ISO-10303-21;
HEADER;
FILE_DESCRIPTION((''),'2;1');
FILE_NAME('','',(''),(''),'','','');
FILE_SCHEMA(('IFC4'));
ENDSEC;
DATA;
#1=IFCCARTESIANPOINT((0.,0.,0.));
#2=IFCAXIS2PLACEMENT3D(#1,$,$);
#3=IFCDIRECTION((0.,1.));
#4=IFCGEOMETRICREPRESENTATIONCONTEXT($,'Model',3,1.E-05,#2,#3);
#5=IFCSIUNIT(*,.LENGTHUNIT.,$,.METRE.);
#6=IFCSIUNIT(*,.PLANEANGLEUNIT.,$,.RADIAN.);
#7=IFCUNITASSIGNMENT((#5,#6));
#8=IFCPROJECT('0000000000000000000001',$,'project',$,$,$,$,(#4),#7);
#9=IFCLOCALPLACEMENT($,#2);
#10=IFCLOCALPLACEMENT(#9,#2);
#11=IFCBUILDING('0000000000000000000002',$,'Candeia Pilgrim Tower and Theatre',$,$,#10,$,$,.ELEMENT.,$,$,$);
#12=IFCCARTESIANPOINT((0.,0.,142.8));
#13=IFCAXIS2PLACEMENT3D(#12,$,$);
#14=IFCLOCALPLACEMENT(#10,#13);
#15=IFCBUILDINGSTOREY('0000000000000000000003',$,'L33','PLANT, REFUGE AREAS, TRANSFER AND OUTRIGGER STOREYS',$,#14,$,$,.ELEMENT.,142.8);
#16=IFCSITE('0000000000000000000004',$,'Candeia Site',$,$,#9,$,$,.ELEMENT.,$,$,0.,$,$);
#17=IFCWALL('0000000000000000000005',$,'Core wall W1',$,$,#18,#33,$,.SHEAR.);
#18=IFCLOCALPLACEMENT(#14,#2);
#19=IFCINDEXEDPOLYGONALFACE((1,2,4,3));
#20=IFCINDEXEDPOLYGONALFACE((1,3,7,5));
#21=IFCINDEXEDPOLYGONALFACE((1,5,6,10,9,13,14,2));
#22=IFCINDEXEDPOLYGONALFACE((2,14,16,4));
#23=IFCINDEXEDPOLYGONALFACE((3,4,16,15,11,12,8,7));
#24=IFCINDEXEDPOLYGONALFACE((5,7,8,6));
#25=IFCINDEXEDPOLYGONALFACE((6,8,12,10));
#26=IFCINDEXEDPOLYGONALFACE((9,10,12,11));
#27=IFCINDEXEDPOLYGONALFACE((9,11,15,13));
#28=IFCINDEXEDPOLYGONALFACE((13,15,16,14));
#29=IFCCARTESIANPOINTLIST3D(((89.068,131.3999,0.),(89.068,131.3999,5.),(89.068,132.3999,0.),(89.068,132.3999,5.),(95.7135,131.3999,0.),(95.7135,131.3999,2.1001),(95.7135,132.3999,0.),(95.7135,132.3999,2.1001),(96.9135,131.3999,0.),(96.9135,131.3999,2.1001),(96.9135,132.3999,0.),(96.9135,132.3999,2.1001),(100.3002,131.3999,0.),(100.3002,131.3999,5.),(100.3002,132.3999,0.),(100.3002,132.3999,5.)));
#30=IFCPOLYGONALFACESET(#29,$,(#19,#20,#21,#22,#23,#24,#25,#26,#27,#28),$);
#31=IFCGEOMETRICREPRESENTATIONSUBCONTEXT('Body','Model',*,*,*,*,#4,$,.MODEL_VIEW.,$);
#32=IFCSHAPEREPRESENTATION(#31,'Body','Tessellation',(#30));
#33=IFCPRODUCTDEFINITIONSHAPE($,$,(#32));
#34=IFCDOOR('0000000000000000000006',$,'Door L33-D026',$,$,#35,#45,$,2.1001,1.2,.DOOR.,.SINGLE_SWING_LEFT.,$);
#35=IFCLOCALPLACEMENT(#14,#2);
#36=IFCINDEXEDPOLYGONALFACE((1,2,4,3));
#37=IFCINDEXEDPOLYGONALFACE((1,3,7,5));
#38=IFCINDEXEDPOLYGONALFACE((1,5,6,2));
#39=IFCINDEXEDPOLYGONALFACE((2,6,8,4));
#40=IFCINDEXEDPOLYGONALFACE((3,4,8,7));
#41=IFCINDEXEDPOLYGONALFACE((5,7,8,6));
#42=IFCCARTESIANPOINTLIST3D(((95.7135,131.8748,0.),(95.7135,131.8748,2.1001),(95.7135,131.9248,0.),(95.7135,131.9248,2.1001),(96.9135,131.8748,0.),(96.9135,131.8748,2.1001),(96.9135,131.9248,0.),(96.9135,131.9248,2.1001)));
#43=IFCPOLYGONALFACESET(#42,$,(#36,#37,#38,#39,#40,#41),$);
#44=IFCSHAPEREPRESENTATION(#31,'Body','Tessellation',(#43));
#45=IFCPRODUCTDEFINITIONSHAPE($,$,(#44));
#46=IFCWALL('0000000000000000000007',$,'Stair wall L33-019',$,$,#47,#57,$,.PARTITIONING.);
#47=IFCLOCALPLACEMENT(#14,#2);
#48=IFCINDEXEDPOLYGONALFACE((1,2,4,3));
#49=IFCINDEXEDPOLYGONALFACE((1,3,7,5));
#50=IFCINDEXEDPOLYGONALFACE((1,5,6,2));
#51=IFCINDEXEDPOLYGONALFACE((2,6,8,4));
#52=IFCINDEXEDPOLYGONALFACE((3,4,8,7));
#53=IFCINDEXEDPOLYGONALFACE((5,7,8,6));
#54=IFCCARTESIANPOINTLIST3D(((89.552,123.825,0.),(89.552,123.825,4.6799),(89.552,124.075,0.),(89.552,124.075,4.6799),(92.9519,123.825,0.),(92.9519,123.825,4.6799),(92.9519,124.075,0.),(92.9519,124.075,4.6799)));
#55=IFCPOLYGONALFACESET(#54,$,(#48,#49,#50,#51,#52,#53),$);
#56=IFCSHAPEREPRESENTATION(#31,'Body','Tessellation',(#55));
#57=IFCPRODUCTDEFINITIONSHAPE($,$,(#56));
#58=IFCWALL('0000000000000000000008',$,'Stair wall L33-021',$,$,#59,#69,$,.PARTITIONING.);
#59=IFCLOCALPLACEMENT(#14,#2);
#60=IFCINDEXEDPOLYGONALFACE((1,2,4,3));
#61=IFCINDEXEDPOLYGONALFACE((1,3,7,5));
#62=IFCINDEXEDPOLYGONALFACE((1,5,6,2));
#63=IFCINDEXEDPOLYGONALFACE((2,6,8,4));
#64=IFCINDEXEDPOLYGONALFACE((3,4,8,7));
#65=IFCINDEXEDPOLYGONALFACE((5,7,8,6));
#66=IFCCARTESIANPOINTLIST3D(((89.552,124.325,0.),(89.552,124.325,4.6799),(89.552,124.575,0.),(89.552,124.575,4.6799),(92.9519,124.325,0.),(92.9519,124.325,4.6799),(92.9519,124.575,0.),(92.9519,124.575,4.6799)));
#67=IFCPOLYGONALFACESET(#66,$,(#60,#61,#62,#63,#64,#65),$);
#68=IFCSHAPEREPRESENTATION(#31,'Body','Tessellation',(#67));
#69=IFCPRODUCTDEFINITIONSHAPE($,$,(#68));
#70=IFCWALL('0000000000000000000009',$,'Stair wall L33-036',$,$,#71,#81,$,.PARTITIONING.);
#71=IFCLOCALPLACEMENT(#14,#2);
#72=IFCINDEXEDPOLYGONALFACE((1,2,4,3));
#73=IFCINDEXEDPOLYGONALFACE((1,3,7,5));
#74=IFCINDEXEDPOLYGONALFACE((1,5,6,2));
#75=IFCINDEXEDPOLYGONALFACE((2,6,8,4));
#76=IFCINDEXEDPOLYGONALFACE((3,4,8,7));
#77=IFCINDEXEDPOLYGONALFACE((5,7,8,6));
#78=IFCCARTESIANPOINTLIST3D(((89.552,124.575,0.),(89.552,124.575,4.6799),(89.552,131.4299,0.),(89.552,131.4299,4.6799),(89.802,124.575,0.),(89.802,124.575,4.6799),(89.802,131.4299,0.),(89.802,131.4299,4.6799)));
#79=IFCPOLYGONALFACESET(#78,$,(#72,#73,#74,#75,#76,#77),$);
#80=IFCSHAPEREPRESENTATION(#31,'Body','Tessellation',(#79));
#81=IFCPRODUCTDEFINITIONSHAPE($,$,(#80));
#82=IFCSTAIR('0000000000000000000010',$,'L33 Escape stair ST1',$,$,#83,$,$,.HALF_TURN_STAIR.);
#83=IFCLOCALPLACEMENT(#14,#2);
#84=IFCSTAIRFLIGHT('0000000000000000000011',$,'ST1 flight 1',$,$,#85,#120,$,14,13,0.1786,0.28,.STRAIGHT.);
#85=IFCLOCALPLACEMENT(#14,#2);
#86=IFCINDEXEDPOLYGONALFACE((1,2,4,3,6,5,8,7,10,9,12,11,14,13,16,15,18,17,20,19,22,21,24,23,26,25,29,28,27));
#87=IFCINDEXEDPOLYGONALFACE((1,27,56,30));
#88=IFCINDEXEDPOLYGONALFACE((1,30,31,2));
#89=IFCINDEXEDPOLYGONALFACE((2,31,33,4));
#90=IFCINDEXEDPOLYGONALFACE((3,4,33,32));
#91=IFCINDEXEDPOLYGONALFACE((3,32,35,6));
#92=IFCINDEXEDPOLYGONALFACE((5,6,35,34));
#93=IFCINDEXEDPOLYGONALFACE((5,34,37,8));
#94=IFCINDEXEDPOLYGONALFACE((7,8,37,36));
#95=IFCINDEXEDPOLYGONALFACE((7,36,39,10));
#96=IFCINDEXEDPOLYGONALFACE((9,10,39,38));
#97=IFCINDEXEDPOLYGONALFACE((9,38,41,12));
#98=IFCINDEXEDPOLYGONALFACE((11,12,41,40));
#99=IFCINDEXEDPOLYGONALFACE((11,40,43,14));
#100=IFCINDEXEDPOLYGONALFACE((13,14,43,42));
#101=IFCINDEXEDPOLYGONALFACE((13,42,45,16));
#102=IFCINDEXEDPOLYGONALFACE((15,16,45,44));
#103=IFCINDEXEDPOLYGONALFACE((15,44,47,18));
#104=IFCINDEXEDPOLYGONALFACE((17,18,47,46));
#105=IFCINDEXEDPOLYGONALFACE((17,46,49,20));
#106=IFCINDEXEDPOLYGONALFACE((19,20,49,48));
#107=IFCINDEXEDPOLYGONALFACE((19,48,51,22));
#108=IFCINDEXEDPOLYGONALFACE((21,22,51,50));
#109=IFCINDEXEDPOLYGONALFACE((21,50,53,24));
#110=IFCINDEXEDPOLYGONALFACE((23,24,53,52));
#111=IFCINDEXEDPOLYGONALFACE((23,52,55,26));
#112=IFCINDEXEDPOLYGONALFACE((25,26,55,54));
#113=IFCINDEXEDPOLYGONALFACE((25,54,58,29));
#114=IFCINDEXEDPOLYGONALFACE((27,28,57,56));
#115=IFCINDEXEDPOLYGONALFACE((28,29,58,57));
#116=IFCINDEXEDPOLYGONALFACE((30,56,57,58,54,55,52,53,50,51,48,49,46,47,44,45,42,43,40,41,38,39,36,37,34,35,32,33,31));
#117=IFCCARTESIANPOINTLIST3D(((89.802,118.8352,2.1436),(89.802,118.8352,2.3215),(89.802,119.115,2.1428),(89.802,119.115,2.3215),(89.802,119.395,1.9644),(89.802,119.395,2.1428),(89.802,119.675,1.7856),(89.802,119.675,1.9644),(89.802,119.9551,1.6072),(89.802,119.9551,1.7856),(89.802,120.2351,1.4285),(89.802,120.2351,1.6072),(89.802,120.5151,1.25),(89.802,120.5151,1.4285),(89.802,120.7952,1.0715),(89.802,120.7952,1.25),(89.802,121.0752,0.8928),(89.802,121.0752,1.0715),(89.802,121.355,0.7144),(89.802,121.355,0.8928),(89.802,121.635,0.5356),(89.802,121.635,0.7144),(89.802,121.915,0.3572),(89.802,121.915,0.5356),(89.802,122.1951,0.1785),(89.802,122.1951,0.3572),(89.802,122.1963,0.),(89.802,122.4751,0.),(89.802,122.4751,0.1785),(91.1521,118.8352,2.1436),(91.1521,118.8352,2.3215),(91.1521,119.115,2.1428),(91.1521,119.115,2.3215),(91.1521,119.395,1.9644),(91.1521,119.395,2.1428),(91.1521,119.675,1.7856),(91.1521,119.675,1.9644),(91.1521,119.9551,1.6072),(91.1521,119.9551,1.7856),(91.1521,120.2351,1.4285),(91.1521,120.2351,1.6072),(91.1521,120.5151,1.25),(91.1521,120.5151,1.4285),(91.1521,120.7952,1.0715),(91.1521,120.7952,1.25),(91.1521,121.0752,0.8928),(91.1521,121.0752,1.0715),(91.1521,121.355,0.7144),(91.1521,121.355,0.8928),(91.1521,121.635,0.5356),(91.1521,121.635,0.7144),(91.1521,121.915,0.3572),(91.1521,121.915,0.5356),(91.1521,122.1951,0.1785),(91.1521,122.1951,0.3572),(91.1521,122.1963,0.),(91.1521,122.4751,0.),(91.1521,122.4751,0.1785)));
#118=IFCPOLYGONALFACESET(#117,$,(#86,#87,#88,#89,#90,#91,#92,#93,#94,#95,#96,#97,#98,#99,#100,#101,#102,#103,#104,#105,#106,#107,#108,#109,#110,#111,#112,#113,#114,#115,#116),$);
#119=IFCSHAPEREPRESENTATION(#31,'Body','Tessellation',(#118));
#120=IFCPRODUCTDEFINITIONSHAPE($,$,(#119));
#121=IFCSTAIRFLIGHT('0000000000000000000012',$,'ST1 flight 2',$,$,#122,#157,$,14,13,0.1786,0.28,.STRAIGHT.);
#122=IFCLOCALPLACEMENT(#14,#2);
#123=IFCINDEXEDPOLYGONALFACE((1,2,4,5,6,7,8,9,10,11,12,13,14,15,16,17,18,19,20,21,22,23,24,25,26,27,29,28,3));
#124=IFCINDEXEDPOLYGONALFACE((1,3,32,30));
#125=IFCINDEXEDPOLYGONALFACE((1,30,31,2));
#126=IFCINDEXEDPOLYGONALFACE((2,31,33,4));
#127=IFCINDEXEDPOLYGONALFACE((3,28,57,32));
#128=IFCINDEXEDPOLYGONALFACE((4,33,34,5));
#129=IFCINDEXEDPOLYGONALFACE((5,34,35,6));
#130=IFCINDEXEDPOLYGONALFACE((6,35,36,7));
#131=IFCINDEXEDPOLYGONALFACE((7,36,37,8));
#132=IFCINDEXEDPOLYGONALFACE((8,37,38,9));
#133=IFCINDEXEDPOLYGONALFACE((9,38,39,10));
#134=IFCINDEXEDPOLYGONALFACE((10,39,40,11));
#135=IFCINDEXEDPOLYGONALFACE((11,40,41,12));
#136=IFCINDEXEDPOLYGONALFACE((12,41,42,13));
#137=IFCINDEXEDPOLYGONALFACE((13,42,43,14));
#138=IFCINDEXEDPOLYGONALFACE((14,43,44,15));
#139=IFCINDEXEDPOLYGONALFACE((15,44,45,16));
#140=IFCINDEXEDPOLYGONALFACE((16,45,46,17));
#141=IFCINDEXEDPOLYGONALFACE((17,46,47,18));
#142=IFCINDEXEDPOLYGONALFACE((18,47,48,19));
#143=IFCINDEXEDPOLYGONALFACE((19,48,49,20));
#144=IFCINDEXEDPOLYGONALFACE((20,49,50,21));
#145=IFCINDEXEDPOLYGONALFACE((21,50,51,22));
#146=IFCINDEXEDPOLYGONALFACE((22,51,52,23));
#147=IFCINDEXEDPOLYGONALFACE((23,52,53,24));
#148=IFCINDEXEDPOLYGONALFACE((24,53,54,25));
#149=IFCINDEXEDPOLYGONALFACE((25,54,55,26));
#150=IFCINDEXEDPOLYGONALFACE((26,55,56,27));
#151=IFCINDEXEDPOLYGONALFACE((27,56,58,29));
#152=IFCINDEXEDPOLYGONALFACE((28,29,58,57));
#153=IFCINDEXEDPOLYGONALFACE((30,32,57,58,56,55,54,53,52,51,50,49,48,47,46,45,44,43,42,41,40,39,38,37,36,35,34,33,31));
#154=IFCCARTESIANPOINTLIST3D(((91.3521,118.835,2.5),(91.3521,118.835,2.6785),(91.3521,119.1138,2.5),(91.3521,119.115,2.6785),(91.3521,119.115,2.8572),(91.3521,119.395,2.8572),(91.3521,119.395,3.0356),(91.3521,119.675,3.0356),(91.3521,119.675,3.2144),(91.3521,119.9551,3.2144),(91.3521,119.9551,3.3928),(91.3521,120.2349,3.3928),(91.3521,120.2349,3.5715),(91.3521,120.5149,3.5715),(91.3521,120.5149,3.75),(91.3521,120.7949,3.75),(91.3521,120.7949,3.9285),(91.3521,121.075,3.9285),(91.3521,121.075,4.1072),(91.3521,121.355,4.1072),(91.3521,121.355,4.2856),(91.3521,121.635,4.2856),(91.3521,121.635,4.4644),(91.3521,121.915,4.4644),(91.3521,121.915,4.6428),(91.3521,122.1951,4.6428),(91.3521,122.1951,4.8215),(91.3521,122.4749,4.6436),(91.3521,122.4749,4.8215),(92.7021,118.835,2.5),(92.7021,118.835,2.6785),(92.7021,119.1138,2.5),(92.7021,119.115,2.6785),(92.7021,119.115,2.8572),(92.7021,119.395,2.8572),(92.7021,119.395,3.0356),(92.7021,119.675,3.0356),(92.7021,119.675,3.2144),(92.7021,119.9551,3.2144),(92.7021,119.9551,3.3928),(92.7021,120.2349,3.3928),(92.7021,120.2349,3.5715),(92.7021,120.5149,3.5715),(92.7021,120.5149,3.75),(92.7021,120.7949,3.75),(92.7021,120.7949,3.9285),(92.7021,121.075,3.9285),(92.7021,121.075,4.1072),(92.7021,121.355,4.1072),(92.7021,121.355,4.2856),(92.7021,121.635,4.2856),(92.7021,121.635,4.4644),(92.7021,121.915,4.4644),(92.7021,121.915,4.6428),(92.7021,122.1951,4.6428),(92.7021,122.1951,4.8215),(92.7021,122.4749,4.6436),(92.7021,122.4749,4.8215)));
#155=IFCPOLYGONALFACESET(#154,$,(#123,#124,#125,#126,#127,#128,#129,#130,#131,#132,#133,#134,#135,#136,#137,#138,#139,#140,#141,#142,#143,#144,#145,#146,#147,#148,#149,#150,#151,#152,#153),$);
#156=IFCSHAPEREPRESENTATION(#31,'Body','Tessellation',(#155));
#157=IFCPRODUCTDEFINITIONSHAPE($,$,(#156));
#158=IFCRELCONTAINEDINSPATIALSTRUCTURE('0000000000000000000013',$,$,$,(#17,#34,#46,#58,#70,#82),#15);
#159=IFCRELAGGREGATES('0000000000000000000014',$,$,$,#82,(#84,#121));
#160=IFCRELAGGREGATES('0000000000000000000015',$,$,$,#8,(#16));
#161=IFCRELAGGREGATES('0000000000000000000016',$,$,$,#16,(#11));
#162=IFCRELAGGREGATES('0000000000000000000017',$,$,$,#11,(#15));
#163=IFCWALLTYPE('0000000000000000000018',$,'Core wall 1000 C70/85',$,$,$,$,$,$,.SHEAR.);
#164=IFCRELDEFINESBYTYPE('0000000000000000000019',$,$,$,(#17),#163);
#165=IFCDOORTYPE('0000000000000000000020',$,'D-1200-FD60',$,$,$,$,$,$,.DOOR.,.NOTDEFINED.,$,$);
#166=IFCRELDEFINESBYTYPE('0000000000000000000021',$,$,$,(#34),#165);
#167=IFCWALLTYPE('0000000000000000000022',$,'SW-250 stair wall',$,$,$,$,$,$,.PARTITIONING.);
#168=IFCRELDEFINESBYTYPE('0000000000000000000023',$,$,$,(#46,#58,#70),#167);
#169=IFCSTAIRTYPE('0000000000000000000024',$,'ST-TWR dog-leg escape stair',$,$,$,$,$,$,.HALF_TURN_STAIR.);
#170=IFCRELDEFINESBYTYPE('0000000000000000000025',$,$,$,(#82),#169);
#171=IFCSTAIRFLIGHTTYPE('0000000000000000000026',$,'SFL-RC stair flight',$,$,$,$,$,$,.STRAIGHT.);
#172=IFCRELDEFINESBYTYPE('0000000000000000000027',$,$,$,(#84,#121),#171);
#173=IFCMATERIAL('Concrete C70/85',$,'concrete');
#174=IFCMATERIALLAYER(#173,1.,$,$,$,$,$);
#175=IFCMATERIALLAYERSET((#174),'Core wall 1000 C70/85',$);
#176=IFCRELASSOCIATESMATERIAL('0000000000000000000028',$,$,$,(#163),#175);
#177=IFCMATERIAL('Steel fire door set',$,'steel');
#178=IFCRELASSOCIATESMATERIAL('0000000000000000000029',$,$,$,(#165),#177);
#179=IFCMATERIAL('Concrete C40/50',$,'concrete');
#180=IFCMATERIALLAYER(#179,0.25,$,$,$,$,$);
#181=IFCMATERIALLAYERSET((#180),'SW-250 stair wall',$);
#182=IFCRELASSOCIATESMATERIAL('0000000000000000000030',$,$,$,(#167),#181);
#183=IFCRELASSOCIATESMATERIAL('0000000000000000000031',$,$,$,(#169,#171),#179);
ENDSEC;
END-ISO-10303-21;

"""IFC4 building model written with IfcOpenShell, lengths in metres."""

from ifc_helpers import new_model, si_unit, direction, frame, frame_2d, origin, place, context, subcontext, project, spatial, polyline, rectangle, outline, extrude, material, layer, layer_set, type_object, element, fill, aggregate, save


model = new_model("IFC4")

# Units and contexts
model_context = context("Model", 3, precision=1e-05, world=origin(), true_north=direction((0.0, 1.0)))
body_context = subcontext(model_context, "Body", "Model", "MODEL_VIEW")
ifc_project = project(units=[si_unit("LENGTHUNIT", "METRE"), si_unit("PLANEANGLEUNIT", "RADIAN")], contexts=[model_context])

# Site, building, storey
site_placement = place(None, origin())
site = spatial("IfcSite", under=ifc_project, at=site_placement, Name="Candeia Site", CompositionType="ELEMENT", RefElevation=0.0)
building_placement = place(site_placement, origin())
building = spatial("IfcBuilding", under=site, at=building_placement, Name="Candeia Pilgrim Tower and Theatre", CompositionType="ELEMENT")
storey_placement = place(building_placement, frame((0.0, 0.0, 142.8)))
storey = spatial("IfcBuildingStorey", under=building, at=storey_placement, Name="L33", Description="PLANT, REFUGE AREAS, TRANSFER AND OUTRIGGER STOREYS", CompositionType="ELEMENT", Elevation=142.8)

# Wall, opening, door
ifc_material_1 = material(Name="Concrete C70/85", Category="concrete")
ifc_layer_1 = layer(ifc_material_1, 1.0)
ifc_layer_set_1 = layer_set([ifc_layer_1], Name="Core wall 1000 C70/85")
wall_type_1 = type_object("IfcWallType", Name="Core wall 1000 C70/85", PredefinedType="SHEAR", material=ifc_layer_set_1)
wall_1_placement = place(storey_placement, frame((89.0679, 131.8999, 0.0), z_axis=(0.0, 0.0, 1.0), x_axis=(1.0, 0.0, 0.0)))
wall_1 = element("IfcWall", 1, at=wall_1_placement, inside=storey, type_object=wall_type_1, Name="Core wall W1", PredefinedType="SHEAR", context=body_context, shape_type="SweptSolid", body=[
    extrude(rectangle(XDim=11.2322, YDim=1.0, at=frame_2d((5.6162, 0.0))), origin(), (0.0, 0.0, 1.0), 5.0),
])
opening_placement = place(wall_1_placement, frame((6.6455, 0.0, 0.0)))
opening = element("IfcOpeningElement", 2, at=opening_placement, cuts=wall_1, PredefinedType="OPENING", context=body_context, shape_type="SweptSolid", body=[
    extrude(rectangle(XDim=1.2, YDim=2.1001, at=frame_2d((0.6001, 1.05))), frame((0.0, 0.51, 0.0), z_axis=(0.0, -1.0, 0.0), x_axis=(1.0, 0.0, 0.0)), (0.0, 0.0, 1.0), 1.02),
])
ifc_material_2 = material(Name="Steel fire door set", Category="steel")
door_type = type_object("IfcDoorType", Name="D-1200-FD60", OperationType="NOTDEFINED", PredefinedType="DOOR", material=ifc_material_2)
door_placement = place(opening_placement, origin())
door = element("IfcDoor", 3, at=door_placement, inside=storey, type_object=door_type, Name="Door L33-D026", OperationType="SINGLE_SWING_LEFT", OverallHeight=2.1001, OverallWidth=1.2, PredefinedType="DOOR", context=body_context, shape_type="SweptSolid", body=[
    extrude(rectangle(XDim=1.2, YDim=2.1001, at=frame_2d((0.6001, 1.05))), frame((0.0, 0.0249, 0.0), z_axis=(0.0, -1.0, 0.0), x_axis=(1.0, 0.0, 0.0)), (0.0, 0.0, 1.0), 0.05),
])
fill(opening, door)

# Walls
ifc_material_3 = material(Name="Concrete C40/50", Category="concrete")
ifc_layer_2 = layer(ifc_material_3, 0.25)
ifc_layer_set_2 = layer_set([ifc_layer_2], Name="SW-250 stair wall")
wall_type_2 = type_object("IfcWallType", Name="SW-250 stair wall", PredefinedType="PARTITIONING", material=ifc_layer_set_2)
for number, where, z_axis, x_axis, name in (
    (4, (89.552, 123.95, 0.0), (0.0, 0.0, 1.0), (1.0, 0.0, 0.0), "Stair wall L33-019"),
    (5, (89.552, 124.45, 0.0), (0.0, 0.0, 1.0), (1.0, 0.0, 0.0), "Stair wall L33-021"),
):
    element("IfcWall", number, at=place(storey_placement, frame(where, z_axis=z_axis, x_axis=x_axis)), inside=storey, type_object=wall_type_2, Name=name, PredefinedType="PARTITIONING", context=body_context, shape_type="SweptSolid", body=[
        extrude(rectangle(XDim=3.3999, YDim=0.25, at=frame_2d((1.7, 0.0))), origin(), (0.0, 0.0, 1.0), 4.6799),
    ])
wall_2_placement = place(storey_placement, frame((89.677, 124.575, 0.0), z_axis=(0.0, 0.0, 1.0), x_axis=(0.0, 1.0, 0.0)))
element("IfcWall", 6, at=wall_2_placement, inside=storey, type_object=wall_type_2, Name="Stair wall L33-036", PredefinedType="PARTITIONING", context=body_context, shape_type="SweptSolid", body=[
    extrude(rectangle(XDim=6.855, YDim=0.25, at=frame_2d((3.4275, 0.0))), origin(), (0.0, 0.0, 1.0), 4.6799),
])

# Stair, stair flights
stair_type = type_object("IfcStairType", Name="ST-TWR dog-leg escape stair", PredefinedType="HALF_TURN_STAIR", material=ifc_material_3)
stair_1_placement = place(storey_placement, origin())
stair_1 = element("IfcStair", 7, at=stair_1_placement, inside=storey, type_object=stair_type, Name="L33 Escape stair ST1", PredefinedType="HALF_TURN_STAIR")
stair_flight_type = type_object("IfcStairFlightType", Name="SFL-RC stair flight", PredefinedType="STRAIGHT", material=ifc_material_3)
stair_flight_1_placement = place(storey_placement, frame((90.4771, 122.4751, 0.0), z_axis=(0.0, 0.0, 1.0), x_axis=(0.0, -1.0, 0.0)))
stair_flight_1 = element("IfcStairFlight", 8, at=stair_flight_1_placement, type_object=stair_flight_type, Name="ST1 flight 1", NumberOfRisers=14, NumberOfTreads=13, PredefinedType="STRAIGHT", RiserHeight=0.1786, TreadLength=0.28, context=body_context, shape_type="SweptSolid", body=[
    extrude(outline(polyline([(0.0, 0.0), (0.0, 0.1785), (0.28, 0.1785), (0.28, 0.3572), (0.5601, 0.3572), (0.5601, 0.5356), (0.8401, 0.5356), (0.8401, 0.7144), (1.1201, 0.7144), (1.1201, 0.8928), (1.3999, 0.8928), (1.3999, 1.0715), (1.6799, 1.0715), (1.6799, 1.25), (1.96, 1.25), (1.96, 1.4285), (2.24, 1.4285), (2.24, 1.6072), (2.52, 1.6072), (2.52, 1.7856), (2.8, 1.7856), (2.8, 1.9644), (3.0801, 1.9644), (3.0801, 2.1428), (3.3601, 2.1428), (3.3601, 2.3215), (3.6399, 2.3215), (3.6399, 2.5), (3.6399, 2.1436), (0.2788, 0.0), (0.0, 0.0)])), frame((0.0, 0.675, 0.0), z_axis=(0.0, -1.0, 0.0), x_axis=(1.0, 0.0, 0.0)), (0.0, 0.0, 1.0), 1.3501),
])
stair_flight_2_placement = place(storey_placement, frame((92.0271, 118.835, 2.5), z_axis=(0.0, 0.0, 1.0), x_axis=(0.0, 1.0, 0.0)))
stair_flight_2 = element("IfcStairFlight", 9, at=stair_flight_2_placement, type_object=stair_flight_type, Name="ST1 flight 2", NumberOfRisers=14, NumberOfTreads=13, PredefinedType="STRAIGHT", RiserHeight=0.1786, TreadLength=0.28, context=body_context, shape_type="SweptSolid", body=[
    extrude(outline(polyline([(0.0, 0.0), (0.0, 0.1785), (0.28, 0.1785), (0.28, 0.3572), (0.5601, 0.3572), (0.5601, 0.5356), (0.8401, 0.5356), (0.8401, 0.7144), (1.1201, 0.7144), (1.1201, 0.8928), (1.3999, 0.8928), (1.3999, 1.0715), (1.6799, 1.0715), (1.6799, 1.25), (1.96, 1.25), (1.96, 1.4285), (2.24, 1.4285), (2.24, 1.6072), (2.52, 1.6072), (2.52, 1.7856), (2.8, 1.7856), (2.8, 1.9644), (3.0801, 1.9644), (3.0801, 2.1428), (3.3601, 2.1428), (3.3601, 2.3215), (3.6399, 2.3215), (3.6399, 2.5), (3.6399, 2.1436), (0.2788, 0.0), (0.0, 0.0)])), frame((0.0, 0.675, 0.0), z_axis=(0.0, -1.0, 0.0), x_axis=(1.0, 0.0, 0.0)), (0.0, 0.0, 1.0), 1.3501),
])
aggregate(stair_1, [stair_flight_1, stair_flight_2])

save(model, "model.ifc")
